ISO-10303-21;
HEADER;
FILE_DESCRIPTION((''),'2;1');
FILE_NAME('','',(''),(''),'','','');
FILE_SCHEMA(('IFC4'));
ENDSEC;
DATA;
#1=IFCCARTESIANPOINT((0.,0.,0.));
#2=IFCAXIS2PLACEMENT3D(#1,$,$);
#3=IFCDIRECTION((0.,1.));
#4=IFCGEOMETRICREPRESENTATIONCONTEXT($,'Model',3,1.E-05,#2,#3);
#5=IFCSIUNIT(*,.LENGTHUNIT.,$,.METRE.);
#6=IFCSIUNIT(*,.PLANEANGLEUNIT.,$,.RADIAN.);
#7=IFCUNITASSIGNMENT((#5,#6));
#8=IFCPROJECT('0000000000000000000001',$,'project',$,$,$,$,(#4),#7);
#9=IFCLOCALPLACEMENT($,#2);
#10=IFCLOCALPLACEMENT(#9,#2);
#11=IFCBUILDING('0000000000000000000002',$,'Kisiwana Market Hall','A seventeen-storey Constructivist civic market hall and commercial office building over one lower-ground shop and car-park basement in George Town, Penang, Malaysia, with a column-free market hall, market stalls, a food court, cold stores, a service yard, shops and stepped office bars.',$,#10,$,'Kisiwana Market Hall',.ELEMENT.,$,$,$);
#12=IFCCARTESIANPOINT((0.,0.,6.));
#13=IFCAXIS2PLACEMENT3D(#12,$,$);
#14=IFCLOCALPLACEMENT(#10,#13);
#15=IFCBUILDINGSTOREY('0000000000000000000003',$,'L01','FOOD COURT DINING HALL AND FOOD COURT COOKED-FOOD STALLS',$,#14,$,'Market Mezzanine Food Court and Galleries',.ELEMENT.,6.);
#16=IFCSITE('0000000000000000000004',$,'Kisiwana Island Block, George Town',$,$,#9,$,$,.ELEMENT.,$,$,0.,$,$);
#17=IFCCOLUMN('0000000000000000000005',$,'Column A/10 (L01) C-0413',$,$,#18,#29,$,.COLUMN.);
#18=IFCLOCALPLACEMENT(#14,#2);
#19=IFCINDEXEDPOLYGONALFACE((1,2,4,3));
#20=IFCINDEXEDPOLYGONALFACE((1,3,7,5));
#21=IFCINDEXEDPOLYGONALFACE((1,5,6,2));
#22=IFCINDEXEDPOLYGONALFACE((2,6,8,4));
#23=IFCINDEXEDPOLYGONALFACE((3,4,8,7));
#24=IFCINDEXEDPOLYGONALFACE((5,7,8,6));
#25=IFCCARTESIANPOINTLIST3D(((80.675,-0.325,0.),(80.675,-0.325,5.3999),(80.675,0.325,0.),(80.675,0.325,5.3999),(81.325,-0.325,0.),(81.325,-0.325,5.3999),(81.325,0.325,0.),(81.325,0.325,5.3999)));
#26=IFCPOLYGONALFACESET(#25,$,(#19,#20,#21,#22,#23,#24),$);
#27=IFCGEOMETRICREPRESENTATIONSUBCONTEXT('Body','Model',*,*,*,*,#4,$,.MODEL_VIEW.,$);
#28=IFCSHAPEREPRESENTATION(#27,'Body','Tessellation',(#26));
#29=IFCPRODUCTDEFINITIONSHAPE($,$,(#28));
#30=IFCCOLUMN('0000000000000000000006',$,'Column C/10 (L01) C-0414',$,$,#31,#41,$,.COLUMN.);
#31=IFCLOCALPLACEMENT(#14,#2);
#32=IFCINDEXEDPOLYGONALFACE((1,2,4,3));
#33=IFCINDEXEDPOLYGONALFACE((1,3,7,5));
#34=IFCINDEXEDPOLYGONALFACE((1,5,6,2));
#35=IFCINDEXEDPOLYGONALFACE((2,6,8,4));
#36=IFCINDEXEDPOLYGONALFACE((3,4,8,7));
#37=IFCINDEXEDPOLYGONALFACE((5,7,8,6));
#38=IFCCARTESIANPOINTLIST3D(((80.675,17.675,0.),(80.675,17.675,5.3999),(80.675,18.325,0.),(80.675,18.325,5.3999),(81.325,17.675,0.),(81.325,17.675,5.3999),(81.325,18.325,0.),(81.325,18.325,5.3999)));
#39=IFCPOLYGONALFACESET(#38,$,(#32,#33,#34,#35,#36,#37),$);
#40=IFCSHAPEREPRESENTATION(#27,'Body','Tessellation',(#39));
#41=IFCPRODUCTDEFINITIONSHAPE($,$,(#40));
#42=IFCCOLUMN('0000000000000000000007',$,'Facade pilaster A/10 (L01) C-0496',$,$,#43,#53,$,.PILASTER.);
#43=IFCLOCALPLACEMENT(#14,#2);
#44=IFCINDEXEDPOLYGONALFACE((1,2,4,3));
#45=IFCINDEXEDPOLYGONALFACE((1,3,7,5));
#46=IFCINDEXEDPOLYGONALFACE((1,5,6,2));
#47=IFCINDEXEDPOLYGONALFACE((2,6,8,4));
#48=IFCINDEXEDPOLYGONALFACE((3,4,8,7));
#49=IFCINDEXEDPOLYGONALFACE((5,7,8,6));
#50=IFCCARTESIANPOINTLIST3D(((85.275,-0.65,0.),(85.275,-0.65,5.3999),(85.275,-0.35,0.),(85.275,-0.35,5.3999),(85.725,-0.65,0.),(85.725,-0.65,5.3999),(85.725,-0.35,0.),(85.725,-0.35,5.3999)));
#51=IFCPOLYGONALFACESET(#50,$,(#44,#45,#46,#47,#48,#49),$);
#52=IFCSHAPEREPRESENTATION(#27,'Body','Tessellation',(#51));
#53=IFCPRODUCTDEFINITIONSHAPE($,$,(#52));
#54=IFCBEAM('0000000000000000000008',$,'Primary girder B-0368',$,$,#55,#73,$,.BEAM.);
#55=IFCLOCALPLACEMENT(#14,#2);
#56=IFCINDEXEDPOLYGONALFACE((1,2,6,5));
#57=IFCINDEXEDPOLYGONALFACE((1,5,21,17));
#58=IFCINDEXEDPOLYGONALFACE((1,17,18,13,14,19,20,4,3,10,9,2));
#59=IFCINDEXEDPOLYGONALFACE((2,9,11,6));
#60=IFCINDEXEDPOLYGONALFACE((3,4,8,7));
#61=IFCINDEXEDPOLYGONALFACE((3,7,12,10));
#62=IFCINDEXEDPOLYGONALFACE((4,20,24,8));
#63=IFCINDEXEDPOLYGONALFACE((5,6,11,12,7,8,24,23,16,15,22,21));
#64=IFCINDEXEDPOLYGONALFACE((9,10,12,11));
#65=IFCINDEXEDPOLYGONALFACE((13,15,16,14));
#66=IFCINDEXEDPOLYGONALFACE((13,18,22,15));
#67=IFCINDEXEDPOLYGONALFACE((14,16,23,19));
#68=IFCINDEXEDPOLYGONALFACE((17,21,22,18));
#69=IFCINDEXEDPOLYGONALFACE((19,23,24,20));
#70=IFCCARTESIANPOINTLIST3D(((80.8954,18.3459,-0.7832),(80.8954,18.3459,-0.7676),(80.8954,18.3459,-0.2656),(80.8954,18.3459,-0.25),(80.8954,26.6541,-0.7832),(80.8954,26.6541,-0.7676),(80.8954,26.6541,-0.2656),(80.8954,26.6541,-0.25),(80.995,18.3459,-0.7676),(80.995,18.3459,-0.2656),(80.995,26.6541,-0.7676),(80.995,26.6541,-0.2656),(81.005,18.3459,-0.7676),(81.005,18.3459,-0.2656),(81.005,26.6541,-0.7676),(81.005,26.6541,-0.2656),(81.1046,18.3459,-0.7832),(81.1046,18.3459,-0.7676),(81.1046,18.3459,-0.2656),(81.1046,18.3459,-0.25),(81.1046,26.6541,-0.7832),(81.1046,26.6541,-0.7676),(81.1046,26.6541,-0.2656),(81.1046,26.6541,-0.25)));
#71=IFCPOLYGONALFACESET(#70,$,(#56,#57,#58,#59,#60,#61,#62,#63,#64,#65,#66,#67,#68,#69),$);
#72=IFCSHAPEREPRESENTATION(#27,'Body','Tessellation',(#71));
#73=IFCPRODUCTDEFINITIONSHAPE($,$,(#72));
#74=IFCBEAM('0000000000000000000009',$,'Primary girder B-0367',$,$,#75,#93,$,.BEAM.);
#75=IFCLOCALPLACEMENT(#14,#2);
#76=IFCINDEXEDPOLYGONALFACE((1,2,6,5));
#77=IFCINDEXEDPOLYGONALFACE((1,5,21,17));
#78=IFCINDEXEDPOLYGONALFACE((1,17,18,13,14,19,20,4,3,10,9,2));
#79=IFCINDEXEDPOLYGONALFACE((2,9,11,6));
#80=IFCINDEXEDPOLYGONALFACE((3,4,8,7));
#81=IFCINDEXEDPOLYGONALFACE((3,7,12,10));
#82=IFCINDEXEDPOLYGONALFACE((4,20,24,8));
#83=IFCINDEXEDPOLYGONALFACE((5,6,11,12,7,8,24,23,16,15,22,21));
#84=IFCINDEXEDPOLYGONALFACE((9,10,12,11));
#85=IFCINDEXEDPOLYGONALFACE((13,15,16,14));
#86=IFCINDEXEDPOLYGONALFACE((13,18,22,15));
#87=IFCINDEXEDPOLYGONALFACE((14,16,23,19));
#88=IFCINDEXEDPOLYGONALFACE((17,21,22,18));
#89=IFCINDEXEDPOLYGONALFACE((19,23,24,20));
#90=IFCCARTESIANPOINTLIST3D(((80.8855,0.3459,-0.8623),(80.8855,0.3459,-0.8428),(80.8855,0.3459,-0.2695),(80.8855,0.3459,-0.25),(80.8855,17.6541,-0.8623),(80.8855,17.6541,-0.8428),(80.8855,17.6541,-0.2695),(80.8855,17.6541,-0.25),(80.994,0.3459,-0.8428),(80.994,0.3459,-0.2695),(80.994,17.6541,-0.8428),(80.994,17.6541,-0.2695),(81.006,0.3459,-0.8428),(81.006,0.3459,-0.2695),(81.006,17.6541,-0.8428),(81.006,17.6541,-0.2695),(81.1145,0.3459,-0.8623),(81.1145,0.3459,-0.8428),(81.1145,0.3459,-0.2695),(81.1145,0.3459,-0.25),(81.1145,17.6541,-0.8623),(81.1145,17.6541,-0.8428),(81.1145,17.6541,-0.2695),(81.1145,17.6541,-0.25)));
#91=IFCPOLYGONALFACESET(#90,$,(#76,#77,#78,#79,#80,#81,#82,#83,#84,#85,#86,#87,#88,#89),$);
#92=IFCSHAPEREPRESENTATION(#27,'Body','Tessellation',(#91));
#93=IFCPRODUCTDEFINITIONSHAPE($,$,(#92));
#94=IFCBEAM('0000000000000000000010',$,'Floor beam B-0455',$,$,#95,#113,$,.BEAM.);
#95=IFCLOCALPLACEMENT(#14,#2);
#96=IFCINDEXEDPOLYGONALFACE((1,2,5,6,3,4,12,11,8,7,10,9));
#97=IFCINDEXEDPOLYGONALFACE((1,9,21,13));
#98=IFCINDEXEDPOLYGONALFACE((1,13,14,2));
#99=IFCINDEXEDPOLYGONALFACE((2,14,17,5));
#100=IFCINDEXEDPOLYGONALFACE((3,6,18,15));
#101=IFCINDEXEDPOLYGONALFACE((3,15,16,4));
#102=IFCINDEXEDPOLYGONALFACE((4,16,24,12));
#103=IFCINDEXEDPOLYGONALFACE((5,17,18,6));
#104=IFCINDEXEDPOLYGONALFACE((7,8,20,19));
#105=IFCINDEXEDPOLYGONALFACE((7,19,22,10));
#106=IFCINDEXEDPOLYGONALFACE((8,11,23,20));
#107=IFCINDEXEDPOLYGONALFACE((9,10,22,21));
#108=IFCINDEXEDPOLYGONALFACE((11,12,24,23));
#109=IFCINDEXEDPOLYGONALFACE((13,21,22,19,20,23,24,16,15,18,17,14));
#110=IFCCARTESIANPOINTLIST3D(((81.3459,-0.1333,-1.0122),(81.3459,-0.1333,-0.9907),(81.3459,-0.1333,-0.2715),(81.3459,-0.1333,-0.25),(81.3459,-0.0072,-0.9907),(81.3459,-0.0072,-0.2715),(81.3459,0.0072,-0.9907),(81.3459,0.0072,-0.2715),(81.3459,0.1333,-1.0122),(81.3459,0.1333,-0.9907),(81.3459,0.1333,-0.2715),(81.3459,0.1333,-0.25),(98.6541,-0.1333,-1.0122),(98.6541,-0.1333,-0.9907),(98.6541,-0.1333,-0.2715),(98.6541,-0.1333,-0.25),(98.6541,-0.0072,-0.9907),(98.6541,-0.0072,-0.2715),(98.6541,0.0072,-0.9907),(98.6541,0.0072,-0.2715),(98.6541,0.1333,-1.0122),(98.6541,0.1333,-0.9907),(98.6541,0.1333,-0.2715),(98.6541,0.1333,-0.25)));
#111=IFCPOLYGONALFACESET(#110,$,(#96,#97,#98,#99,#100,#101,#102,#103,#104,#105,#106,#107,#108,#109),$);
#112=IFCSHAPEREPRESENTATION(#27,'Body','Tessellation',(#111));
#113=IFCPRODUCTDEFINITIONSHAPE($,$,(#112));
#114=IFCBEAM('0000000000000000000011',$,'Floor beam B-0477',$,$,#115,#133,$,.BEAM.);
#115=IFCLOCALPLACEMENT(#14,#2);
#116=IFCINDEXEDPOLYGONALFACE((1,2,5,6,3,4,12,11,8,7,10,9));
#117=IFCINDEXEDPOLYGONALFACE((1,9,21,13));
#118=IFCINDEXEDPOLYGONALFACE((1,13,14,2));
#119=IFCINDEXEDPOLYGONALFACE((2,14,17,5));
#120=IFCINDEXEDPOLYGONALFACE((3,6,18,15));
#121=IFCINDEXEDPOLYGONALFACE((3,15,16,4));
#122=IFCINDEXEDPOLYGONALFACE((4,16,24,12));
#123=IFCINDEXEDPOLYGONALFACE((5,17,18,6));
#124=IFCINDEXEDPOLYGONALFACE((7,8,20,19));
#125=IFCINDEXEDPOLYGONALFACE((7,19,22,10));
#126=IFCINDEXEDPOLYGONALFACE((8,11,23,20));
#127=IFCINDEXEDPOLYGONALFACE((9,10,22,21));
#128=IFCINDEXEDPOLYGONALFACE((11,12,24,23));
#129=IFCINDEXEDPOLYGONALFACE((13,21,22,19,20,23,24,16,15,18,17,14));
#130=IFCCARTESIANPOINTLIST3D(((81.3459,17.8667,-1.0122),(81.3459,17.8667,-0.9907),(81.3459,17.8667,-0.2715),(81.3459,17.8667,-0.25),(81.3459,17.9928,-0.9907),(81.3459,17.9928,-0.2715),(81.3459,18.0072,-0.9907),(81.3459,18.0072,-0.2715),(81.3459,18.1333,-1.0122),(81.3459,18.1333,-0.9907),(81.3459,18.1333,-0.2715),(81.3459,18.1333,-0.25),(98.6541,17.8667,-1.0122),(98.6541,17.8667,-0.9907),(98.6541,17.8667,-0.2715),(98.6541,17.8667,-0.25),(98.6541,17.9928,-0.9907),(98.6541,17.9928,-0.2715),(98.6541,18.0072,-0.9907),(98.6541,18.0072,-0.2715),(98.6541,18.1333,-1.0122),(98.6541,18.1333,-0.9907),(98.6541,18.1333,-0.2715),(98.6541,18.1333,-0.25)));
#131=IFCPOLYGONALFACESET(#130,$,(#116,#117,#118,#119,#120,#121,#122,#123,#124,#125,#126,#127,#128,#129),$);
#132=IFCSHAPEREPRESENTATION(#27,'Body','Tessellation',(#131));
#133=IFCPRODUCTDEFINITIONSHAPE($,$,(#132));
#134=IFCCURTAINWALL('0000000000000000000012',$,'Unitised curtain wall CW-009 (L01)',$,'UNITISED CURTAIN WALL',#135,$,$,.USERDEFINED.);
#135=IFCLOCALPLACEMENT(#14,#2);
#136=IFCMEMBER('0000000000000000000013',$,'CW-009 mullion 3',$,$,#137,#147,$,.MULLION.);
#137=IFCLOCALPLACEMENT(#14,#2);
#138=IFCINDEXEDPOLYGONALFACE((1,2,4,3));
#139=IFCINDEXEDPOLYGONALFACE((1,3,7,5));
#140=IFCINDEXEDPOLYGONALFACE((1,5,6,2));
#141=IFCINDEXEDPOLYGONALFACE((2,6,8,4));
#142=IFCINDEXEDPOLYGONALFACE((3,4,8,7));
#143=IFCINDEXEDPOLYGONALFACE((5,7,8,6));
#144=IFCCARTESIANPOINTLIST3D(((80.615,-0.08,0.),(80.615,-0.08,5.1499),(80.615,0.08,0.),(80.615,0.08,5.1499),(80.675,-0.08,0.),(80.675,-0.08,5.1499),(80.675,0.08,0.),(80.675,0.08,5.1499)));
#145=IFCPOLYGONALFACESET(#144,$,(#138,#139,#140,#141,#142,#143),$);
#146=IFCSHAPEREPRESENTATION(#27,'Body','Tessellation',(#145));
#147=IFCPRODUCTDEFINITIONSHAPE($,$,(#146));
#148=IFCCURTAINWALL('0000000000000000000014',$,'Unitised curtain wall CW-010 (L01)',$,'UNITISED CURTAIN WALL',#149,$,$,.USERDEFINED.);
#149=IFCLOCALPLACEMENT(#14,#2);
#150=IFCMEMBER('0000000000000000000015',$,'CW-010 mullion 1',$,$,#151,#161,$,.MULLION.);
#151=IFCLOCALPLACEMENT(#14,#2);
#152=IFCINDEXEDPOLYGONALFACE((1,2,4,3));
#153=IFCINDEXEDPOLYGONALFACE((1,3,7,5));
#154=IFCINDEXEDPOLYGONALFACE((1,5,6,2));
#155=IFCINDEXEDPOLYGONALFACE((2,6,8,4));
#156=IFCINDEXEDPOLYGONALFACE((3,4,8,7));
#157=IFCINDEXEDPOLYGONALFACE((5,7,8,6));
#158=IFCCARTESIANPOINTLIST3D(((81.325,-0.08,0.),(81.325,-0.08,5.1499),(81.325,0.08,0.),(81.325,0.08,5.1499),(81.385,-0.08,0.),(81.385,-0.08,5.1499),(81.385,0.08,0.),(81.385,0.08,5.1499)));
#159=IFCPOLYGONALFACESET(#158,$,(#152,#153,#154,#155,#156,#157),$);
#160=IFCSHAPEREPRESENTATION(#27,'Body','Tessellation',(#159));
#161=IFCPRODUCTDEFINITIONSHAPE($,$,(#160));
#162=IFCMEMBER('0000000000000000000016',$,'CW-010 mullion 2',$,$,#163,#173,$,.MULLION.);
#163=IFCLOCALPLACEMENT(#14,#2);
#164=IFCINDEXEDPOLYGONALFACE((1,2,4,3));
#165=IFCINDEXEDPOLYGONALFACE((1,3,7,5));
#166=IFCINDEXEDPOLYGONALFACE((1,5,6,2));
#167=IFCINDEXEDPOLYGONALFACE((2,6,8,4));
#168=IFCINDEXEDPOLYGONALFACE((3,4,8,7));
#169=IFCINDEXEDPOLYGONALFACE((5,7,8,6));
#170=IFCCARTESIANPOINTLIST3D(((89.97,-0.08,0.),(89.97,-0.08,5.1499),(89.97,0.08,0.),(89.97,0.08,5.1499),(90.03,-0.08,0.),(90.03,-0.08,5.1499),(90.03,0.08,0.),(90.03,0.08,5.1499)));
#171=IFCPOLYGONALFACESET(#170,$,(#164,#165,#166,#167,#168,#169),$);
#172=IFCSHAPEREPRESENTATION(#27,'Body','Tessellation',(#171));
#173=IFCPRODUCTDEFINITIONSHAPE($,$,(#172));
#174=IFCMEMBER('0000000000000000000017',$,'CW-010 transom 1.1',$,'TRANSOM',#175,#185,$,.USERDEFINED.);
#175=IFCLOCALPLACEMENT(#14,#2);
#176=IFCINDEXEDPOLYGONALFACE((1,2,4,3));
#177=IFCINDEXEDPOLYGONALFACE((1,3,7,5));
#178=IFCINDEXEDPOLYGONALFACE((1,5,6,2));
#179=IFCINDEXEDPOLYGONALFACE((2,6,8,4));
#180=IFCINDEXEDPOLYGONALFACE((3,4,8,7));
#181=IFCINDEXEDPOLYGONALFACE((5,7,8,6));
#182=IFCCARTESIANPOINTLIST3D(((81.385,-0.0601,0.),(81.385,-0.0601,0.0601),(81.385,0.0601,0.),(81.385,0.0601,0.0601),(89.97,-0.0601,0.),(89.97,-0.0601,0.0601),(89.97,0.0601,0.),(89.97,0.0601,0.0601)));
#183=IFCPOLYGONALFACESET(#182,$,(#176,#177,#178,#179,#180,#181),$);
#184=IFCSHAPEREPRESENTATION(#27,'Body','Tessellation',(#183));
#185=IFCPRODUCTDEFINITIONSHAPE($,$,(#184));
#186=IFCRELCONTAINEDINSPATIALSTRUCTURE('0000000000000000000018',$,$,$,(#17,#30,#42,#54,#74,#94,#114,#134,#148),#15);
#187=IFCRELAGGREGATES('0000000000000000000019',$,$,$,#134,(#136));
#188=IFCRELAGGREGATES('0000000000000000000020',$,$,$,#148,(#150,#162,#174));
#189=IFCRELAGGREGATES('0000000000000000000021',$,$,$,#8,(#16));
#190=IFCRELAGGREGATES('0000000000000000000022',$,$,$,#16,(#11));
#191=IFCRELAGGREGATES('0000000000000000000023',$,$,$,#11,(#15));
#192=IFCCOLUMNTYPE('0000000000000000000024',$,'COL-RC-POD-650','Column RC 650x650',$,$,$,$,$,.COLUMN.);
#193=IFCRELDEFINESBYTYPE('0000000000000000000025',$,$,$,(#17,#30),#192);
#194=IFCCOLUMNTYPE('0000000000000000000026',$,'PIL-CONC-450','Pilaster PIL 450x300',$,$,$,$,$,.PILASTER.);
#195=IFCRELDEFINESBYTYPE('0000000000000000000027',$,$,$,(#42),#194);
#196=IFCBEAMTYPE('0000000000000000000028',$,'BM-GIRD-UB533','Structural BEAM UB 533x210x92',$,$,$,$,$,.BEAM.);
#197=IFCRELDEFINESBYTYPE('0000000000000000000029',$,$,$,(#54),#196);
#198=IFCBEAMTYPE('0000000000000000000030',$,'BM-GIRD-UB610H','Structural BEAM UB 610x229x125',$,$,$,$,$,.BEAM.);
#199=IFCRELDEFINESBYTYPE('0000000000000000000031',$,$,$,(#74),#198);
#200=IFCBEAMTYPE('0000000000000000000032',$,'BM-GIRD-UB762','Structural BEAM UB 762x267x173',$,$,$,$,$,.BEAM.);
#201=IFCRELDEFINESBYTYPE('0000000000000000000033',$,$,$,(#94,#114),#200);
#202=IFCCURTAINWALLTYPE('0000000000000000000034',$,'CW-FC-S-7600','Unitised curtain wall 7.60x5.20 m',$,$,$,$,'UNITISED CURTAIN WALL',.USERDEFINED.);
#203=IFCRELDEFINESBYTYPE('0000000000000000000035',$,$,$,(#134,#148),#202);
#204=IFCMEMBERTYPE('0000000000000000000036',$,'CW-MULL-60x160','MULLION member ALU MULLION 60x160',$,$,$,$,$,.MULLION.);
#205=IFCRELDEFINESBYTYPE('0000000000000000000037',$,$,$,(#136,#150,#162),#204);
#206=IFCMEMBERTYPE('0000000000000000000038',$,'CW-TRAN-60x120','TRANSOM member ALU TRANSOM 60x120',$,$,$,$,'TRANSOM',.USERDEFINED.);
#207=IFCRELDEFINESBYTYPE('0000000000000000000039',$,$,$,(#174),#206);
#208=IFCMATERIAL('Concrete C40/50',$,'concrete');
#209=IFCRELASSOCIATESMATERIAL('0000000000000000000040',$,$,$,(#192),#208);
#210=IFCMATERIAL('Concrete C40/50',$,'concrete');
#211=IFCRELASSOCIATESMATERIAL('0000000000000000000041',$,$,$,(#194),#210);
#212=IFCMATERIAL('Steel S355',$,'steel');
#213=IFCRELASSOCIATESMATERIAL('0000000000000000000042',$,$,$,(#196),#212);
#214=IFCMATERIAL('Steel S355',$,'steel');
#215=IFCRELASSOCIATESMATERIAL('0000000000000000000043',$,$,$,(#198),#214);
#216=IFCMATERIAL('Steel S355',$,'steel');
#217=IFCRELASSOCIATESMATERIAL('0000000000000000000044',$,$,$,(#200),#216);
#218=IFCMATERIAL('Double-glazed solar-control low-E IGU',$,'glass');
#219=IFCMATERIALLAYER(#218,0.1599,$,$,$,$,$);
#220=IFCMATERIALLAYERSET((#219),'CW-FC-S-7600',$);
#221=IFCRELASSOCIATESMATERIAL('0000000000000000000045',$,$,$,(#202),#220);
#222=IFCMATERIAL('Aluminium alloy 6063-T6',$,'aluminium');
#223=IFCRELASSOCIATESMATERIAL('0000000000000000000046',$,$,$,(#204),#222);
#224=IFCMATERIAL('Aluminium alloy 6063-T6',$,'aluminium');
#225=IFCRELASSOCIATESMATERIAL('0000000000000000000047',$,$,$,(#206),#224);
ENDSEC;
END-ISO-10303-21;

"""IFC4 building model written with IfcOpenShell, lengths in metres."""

from ifc_helpers import new_model, si_unit, direction, frame, origin, origin_2d, place, context, subcontext, project, spatial, rectangle, i_section, extrude, material, layer, layer_set, material_profile, profile_set, type_object, element, aggregate, save


model = new_model("IFC4")

# Units and contexts
model_context = context("Model", 3, precision=1e-05, world=origin(), true_north=direction((0.0, 1.0)))
body_context = subcontext(model_context, "Body", "Model", "MODEL_VIEW")
ifc_project = project(units=[si_unit("LENGTHUNIT", "METRE"), si_unit("PLANEANGLEUNIT", "RADIAN")], contexts=[model_context])

# Site, building, storey
site_placement = place(None, origin())
site = spatial("IfcSite", under=ifc_project, at=site_placement, Name="Kisiwana Island Block, George Town", CompositionType="ELEMENT", RefElevation=0.0)
building_placement = place(site_placement, origin())
building = spatial("IfcBuilding", under=site, at=building_placement, Name="Kisiwana Market Hall", Description="A seventeen-storey Constructivist civic market hall and commercial office building over one lower-ground shop and car-park basement in George Town, Penang, Malaysia, with a column-free market hall, market stalls, a food court, cold stores, a service yard, shops and stepped office bars.", LongName="Kisiwana Market Hall", CompositionType="ELEMENT")
storey_placement = place(building_placement, frame((0.0, 0.0, 6.0)))
storey = spatial("IfcBuildingStorey", under=building, at=storey_placement, Name="L01", Description="FOOD COURT DINING HALL AND FOOD COURT COOKED-FOOD STALLS", LongName="Market Mezzanine Food Court and Galleries", CompositionType="ELEMENT", Elevation=6.0)

# Columns
ifc_material_1 = material(Name="Concrete C40/50", Category="concrete")
ifc_material_profile_1 = material_profile(ifc_material_1, rectangle(XDim=0.6499, YDim=0.6499, at=origin_2d()), Name="RC 650x650")
ifc_profile_set_1 = profile_set([ifc_material_profile_1], Name="Concrete C40/50")
column_type_1 = type_object("IfcColumnType", Name="COL-RC-POD-650", Description="Column RC 650x650", PredefinedType="COLUMN", material=ifc_profile_set_1)
for number, where, z_axis, x_axis, name in (
    (1, (81.0, 0.0, 0.0), (0.0, 0.0, 1.0), (1.0, 0.0, 0.0), "Column A/10 (L01) C-0413"),
    (2, (81.0, 18.0, 0.0), (0.0, 0.0, 1.0), (1.0, 0.0, 0.0), "Column C/10 (L01) C-0414"),
):
    element("IfcColumn", number, at=place(storey_placement, frame(where, z_axis=z_axis, x_axis=x_axis)), inside=storey, type_object=column_type_1, Name=name, PredefinedType="COLUMN", context=body_context, shape_type="SweptSolid", body=[
        extrude(rectangle(XDim=0.6499, YDim=0.6499, at=origin_2d()), origin(), (0.0, 0.0, 1.0), 5.3999),
    ])
ifc_material_2 = material(Name="Concrete C40/50", Category="concrete")
ifc_material_profile_2 = material_profile(ifc_material_2, rectangle(XDim=0.45, YDim=0.3, at=origin_2d()), Name="PIL 450x300")
ifc_profile_set_2 = profile_set([ifc_material_profile_2], Name="Concrete C40/50")
column_type_2 = type_object("IfcColumnType", Name="PIL-CONC-450", Description="Pilaster PIL 450x300", PredefinedType="PILASTER", material=ifc_profile_set_2)
column_placement = place(storey_placement, frame((85.5, -0.5, 0.0), z_axis=(0.0, 0.0, 1.0), x_axis=(1.0, 0.0, 0.0)))
element("IfcColumn", 3, at=column_placement, inside=storey, type_object=column_type_2, Name="Facade pilaster A/10 (L01) C-0496", PredefinedType="PILASTER", context=body_context, shape_type="SweptSolid", body=[
    extrude(rectangle(XDim=0.45, YDim=0.3, at=origin_2d()), origin(), (0.0, 0.0, 1.0), 5.3999),
])

# Beams
ifc_material_3 = material(Name="Steel S355", Category="steel")
ifc_material_profile_3 = material_profile(ifc_material_3, i_section(OverallWidth=0.2092, OverallDepth=0.5332, WebThickness=0.01, FlangeThickness=0.0156, at=origin_2d()), Name="UB 533x210x92")
ifc_profile_set_3 = profile_set([ifc_material_profile_3], Name="Steel S355")
beam_type_1 = type_object("IfcBeamType", Name="BM-GIRD-UB533", Description="Structural BEAM UB 533x210x92", PredefinedType="BEAM", material=ifc_profile_set_3)
beam_1_placement = place(storey_placement, frame((81.0, 18.3459, -0.5166), z_axis=(0.0, 1.0, 0.0), x_axis=(-1.0, 0.0, 0.0)))
element("IfcBeam", 4, at=beam_1_placement, inside=storey, type_object=beam_type_1, Name="Primary girder B-0368", PredefinedType="BEAM", context=body_context, shape_type="SweptSolid", body=[
    extrude(i_section(OverallWidth=0.2092, OverallDepth=0.5332, WebThickness=0.01, FlangeThickness=0.0156, at=origin_2d()), origin(), (0.0, 0.0, 1.0), 8.3081),
])
ifc_material_4 = material(Name="Steel S355", Category="steel")
ifc_material_profile_4 = material_profile(ifc_material_4, i_section(OverallWidth=0.229, OverallDepth=0.6123, WebThickness=0.012, FlangeThickness=0.0195, at=origin_2d()), Name="UB 610x229x125")
ifc_profile_set_4 = profile_set([ifc_material_profile_4], Name="Steel S355")
beam_type_2 = type_object("IfcBeamType", Name="BM-GIRD-UB610H", Description="Structural BEAM UB 610x229x125", PredefinedType="BEAM", material=ifc_profile_set_4)
beam_2_placement = place(storey_placement, frame((81.0, 0.3459, -0.5562), z_axis=(0.0, 1.0, 0.0), x_axis=(-1.0, 0.0, 0.0)))
element("IfcBeam", 5, at=beam_2_placement, inside=storey, type_object=beam_type_2, Name="Primary girder B-0367", PredefinedType="BEAM", context=body_context, shape_type="SweptSolid", body=[
    extrude(i_section(OverallWidth=0.229, OverallDepth=0.6123, WebThickness=0.012, FlangeThickness=0.0195, at=origin_2d()), origin(), (0.0, 0.0, 1.0), 17.3081),
])
ifc_material_5 = material(Name="Steel S355", Category="steel")
ifc_material_profile_5 = material_profile(ifc_material_5, i_section(OverallWidth=0.2666, OverallDepth=0.7622, WebThickness=0.0144, FlangeThickness=0.0215, at=origin_2d()), Name="UB 762x267x173")
ifc_profile_set_5 = profile_set([ifc_material_profile_5], Name="Steel S355")
beam_type_3 = type_object("IfcBeamType", Name="BM-GIRD-UB762", Description="Structural BEAM UB 762x267x173", PredefinedType="BEAM", material=ifc_profile_set_5)
for number, where, z_axis, x_axis, name in (
    (6, (81.3459, 0.0, -0.6311), (1.0, 0.0, 0.0), (0.0, 1.0, 0.0), "Floor beam B-0455"),
    (7, (81.3459, 18.0, -0.6311), (1.0, 0.0, 0.0), (0.0, 1.0, 0.0), "Floor beam B-0477"),
):
    element("IfcBeam", number, at=place(storey_placement, frame(where, z_axis=z_axis, x_axis=x_axis)), inside=storey, type_object=beam_type_3, Name=name, PredefinedType="BEAM", context=body_context, shape_type="SweptSolid", body=[
        extrude(i_section(OverallWidth=0.2666, OverallDepth=0.7622, WebThickness=0.0144, FlangeThickness=0.0215, at=origin_2d()), origin(), (0.0, 0.0, 1.0), 17.3081),
    ])

# Curtain wall, member
ifc_material_6 = material(Name="Double-glazed solar-control low-E IGU", Category="glass")
ifc_layer_1 = layer(ifc_material_6, 0.1599)
ifc_layer_set_1 = layer_set([ifc_layer_1], Name="CW-FC-S-7600")
curtain_wall_type = type_object("IfcCurtainWallType", Name="CW-FC-S-7600", Description="Unitised curtain wall 7.60x5.20 m", ElementType="UNITISED CURTAIN WALL", PredefinedType="USERDEFINED", material=ifc_layer_set_1)
curtain_wall_1_placement = place(storey_placement, origin())
curtain_wall_1 = element("IfcCurtainWall", 8, at=curtain_wall_1_placement, inside=storey, type_object=curtain_wall_type, Name="Unitised curtain wall CW-009 (L01)", ObjectType="UNITISED CURTAIN WALL", PredefinedType="USERDEFINED")
ifc_material_7 = material(Name="Aluminium alloy 6063-T6", Category="aluminium")
ifc_material_profile_6 = material_profile(ifc_material_7, rectangle(XDim=0.0601, YDim=0.1599, at=origin_2d()), Name="ALU MULLION 60x160")
ifc_profile_set_6 = profile_set([ifc_material_profile_6], Name="Aluminium alloy 6063-T6")
member_type_1 = type_object("IfcMemberType", Name="CW-MULL-60x160", Description="MULLION member ALU MULLION 60x160", PredefinedType="MULLION", material=ifc_profile_set_6)
member_1_placement = place(storey_placement, frame((80.645, 0.0, 0.0), z_axis=(0.0, 0.0, 1.0), x_axis=(1.0, 0.0, 0.0)))
member_1 = element("IfcMember", 9, at=member_1_placement, type_object=member_type_1, Name="CW-009 mullion 3", PredefinedType="MULLION", context=body_context, shape_type="SweptSolid", body=[
    extrude(rectangle(XDim=0.0601, YDim=0.1599, at=origin_2d()), origin(), (0.0, 0.0, 1.0), 5.1499),
])
aggregate(curtain_wall_1, [member_1])

# Curtain wall, members
curtain_wall_2_placement = place(storey_placement, origin())
curtain_wall_2 = element("IfcCurtainWall", 10, at=curtain_wall_2_placement, inside=storey, type_object=curtain_wall_type, Name="Unitised curtain wall CW-010 (L01)", ObjectType="UNITISED CURTAIN WALL", PredefinedType="USERDEFINED")
member_2_placement = place(storey_placement, frame((81.355, 0.0, 0.0), z_axis=(0.0, 0.0, 1.0), x_axis=(1.0, 0.0, 0.0)))
member_2 = element("IfcMember", 11, at=member_2_placement, type_object=member_type_1, Name="CW-010 mullion 1", PredefinedType="MULLION", context=body_context, shape_type="SweptSolid", body=[
    extrude(rectangle(XDim=0.0601, YDim=0.1599, at=origin_2d()), origin(), (0.0, 0.0, 1.0), 5.1499),
])
member_3_placement = place(storey_placement, frame((90.0, 0.0, 0.0), z_axis=(0.0, 0.0, 1.0), x_axis=(1.0, 0.0, 0.0)))
member_3 = element("IfcMember", 12, at=member_3_placement, type_object=member_type_1, Name="CW-010 mullion 2", PredefinedType="MULLION", context=body_context, shape_type="SweptSolid", body=[
    extrude(rectangle(XDim=0.0601, YDim=0.1599, at=origin_2d()), origin(), (0.0, 0.0, 1.0), 5.1499),
])
ifc_material_8 = material(Name="Aluminium alloy 6063-T6", Category="aluminium")
ifc_material_profile_7 = material_profile(ifc_material_8, rectangle(XDim=0.1201, YDim=0.0601, at=origin_2d()), Name="ALU TRANSOM 60x120")
ifc_profile_set_7 = profile_set([ifc_material_profile_7], Name="Aluminium alloy 6063-T6")
member_type_2 = type_object("IfcMemberType", Name="CW-TRAN-60x120", Description="TRANSOM member ALU TRANSOM 60x120", ElementType="TRANSOM", PredefinedType="USERDEFINED", material=ifc_profile_set_7)
member_4_placement = place(storey_placement, frame((81.385, 0.0, 0.03), z_axis=(1.0, 0.0, 0.0), x_axis=(0.0, 1.0, 0.0)))
member_4 = element("IfcMember", 13, at=member_4_placement, type_object=member_type_2, Name="CW-010 transom 1.1", ObjectType="TRANSOM", PredefinedType="USERDEFINED", context=body_context, shape_type="SweptSolid", body=[
    extrude(rectangle(XDim=0.1201, YDim=0.0601, at=origin_2d()), origin(), (0.0, 0.0, 1.0), 8.585),
])
aggregate(curtain_wall_2, [member_2, member_3, member_4])

save(model, "model.ifc")
